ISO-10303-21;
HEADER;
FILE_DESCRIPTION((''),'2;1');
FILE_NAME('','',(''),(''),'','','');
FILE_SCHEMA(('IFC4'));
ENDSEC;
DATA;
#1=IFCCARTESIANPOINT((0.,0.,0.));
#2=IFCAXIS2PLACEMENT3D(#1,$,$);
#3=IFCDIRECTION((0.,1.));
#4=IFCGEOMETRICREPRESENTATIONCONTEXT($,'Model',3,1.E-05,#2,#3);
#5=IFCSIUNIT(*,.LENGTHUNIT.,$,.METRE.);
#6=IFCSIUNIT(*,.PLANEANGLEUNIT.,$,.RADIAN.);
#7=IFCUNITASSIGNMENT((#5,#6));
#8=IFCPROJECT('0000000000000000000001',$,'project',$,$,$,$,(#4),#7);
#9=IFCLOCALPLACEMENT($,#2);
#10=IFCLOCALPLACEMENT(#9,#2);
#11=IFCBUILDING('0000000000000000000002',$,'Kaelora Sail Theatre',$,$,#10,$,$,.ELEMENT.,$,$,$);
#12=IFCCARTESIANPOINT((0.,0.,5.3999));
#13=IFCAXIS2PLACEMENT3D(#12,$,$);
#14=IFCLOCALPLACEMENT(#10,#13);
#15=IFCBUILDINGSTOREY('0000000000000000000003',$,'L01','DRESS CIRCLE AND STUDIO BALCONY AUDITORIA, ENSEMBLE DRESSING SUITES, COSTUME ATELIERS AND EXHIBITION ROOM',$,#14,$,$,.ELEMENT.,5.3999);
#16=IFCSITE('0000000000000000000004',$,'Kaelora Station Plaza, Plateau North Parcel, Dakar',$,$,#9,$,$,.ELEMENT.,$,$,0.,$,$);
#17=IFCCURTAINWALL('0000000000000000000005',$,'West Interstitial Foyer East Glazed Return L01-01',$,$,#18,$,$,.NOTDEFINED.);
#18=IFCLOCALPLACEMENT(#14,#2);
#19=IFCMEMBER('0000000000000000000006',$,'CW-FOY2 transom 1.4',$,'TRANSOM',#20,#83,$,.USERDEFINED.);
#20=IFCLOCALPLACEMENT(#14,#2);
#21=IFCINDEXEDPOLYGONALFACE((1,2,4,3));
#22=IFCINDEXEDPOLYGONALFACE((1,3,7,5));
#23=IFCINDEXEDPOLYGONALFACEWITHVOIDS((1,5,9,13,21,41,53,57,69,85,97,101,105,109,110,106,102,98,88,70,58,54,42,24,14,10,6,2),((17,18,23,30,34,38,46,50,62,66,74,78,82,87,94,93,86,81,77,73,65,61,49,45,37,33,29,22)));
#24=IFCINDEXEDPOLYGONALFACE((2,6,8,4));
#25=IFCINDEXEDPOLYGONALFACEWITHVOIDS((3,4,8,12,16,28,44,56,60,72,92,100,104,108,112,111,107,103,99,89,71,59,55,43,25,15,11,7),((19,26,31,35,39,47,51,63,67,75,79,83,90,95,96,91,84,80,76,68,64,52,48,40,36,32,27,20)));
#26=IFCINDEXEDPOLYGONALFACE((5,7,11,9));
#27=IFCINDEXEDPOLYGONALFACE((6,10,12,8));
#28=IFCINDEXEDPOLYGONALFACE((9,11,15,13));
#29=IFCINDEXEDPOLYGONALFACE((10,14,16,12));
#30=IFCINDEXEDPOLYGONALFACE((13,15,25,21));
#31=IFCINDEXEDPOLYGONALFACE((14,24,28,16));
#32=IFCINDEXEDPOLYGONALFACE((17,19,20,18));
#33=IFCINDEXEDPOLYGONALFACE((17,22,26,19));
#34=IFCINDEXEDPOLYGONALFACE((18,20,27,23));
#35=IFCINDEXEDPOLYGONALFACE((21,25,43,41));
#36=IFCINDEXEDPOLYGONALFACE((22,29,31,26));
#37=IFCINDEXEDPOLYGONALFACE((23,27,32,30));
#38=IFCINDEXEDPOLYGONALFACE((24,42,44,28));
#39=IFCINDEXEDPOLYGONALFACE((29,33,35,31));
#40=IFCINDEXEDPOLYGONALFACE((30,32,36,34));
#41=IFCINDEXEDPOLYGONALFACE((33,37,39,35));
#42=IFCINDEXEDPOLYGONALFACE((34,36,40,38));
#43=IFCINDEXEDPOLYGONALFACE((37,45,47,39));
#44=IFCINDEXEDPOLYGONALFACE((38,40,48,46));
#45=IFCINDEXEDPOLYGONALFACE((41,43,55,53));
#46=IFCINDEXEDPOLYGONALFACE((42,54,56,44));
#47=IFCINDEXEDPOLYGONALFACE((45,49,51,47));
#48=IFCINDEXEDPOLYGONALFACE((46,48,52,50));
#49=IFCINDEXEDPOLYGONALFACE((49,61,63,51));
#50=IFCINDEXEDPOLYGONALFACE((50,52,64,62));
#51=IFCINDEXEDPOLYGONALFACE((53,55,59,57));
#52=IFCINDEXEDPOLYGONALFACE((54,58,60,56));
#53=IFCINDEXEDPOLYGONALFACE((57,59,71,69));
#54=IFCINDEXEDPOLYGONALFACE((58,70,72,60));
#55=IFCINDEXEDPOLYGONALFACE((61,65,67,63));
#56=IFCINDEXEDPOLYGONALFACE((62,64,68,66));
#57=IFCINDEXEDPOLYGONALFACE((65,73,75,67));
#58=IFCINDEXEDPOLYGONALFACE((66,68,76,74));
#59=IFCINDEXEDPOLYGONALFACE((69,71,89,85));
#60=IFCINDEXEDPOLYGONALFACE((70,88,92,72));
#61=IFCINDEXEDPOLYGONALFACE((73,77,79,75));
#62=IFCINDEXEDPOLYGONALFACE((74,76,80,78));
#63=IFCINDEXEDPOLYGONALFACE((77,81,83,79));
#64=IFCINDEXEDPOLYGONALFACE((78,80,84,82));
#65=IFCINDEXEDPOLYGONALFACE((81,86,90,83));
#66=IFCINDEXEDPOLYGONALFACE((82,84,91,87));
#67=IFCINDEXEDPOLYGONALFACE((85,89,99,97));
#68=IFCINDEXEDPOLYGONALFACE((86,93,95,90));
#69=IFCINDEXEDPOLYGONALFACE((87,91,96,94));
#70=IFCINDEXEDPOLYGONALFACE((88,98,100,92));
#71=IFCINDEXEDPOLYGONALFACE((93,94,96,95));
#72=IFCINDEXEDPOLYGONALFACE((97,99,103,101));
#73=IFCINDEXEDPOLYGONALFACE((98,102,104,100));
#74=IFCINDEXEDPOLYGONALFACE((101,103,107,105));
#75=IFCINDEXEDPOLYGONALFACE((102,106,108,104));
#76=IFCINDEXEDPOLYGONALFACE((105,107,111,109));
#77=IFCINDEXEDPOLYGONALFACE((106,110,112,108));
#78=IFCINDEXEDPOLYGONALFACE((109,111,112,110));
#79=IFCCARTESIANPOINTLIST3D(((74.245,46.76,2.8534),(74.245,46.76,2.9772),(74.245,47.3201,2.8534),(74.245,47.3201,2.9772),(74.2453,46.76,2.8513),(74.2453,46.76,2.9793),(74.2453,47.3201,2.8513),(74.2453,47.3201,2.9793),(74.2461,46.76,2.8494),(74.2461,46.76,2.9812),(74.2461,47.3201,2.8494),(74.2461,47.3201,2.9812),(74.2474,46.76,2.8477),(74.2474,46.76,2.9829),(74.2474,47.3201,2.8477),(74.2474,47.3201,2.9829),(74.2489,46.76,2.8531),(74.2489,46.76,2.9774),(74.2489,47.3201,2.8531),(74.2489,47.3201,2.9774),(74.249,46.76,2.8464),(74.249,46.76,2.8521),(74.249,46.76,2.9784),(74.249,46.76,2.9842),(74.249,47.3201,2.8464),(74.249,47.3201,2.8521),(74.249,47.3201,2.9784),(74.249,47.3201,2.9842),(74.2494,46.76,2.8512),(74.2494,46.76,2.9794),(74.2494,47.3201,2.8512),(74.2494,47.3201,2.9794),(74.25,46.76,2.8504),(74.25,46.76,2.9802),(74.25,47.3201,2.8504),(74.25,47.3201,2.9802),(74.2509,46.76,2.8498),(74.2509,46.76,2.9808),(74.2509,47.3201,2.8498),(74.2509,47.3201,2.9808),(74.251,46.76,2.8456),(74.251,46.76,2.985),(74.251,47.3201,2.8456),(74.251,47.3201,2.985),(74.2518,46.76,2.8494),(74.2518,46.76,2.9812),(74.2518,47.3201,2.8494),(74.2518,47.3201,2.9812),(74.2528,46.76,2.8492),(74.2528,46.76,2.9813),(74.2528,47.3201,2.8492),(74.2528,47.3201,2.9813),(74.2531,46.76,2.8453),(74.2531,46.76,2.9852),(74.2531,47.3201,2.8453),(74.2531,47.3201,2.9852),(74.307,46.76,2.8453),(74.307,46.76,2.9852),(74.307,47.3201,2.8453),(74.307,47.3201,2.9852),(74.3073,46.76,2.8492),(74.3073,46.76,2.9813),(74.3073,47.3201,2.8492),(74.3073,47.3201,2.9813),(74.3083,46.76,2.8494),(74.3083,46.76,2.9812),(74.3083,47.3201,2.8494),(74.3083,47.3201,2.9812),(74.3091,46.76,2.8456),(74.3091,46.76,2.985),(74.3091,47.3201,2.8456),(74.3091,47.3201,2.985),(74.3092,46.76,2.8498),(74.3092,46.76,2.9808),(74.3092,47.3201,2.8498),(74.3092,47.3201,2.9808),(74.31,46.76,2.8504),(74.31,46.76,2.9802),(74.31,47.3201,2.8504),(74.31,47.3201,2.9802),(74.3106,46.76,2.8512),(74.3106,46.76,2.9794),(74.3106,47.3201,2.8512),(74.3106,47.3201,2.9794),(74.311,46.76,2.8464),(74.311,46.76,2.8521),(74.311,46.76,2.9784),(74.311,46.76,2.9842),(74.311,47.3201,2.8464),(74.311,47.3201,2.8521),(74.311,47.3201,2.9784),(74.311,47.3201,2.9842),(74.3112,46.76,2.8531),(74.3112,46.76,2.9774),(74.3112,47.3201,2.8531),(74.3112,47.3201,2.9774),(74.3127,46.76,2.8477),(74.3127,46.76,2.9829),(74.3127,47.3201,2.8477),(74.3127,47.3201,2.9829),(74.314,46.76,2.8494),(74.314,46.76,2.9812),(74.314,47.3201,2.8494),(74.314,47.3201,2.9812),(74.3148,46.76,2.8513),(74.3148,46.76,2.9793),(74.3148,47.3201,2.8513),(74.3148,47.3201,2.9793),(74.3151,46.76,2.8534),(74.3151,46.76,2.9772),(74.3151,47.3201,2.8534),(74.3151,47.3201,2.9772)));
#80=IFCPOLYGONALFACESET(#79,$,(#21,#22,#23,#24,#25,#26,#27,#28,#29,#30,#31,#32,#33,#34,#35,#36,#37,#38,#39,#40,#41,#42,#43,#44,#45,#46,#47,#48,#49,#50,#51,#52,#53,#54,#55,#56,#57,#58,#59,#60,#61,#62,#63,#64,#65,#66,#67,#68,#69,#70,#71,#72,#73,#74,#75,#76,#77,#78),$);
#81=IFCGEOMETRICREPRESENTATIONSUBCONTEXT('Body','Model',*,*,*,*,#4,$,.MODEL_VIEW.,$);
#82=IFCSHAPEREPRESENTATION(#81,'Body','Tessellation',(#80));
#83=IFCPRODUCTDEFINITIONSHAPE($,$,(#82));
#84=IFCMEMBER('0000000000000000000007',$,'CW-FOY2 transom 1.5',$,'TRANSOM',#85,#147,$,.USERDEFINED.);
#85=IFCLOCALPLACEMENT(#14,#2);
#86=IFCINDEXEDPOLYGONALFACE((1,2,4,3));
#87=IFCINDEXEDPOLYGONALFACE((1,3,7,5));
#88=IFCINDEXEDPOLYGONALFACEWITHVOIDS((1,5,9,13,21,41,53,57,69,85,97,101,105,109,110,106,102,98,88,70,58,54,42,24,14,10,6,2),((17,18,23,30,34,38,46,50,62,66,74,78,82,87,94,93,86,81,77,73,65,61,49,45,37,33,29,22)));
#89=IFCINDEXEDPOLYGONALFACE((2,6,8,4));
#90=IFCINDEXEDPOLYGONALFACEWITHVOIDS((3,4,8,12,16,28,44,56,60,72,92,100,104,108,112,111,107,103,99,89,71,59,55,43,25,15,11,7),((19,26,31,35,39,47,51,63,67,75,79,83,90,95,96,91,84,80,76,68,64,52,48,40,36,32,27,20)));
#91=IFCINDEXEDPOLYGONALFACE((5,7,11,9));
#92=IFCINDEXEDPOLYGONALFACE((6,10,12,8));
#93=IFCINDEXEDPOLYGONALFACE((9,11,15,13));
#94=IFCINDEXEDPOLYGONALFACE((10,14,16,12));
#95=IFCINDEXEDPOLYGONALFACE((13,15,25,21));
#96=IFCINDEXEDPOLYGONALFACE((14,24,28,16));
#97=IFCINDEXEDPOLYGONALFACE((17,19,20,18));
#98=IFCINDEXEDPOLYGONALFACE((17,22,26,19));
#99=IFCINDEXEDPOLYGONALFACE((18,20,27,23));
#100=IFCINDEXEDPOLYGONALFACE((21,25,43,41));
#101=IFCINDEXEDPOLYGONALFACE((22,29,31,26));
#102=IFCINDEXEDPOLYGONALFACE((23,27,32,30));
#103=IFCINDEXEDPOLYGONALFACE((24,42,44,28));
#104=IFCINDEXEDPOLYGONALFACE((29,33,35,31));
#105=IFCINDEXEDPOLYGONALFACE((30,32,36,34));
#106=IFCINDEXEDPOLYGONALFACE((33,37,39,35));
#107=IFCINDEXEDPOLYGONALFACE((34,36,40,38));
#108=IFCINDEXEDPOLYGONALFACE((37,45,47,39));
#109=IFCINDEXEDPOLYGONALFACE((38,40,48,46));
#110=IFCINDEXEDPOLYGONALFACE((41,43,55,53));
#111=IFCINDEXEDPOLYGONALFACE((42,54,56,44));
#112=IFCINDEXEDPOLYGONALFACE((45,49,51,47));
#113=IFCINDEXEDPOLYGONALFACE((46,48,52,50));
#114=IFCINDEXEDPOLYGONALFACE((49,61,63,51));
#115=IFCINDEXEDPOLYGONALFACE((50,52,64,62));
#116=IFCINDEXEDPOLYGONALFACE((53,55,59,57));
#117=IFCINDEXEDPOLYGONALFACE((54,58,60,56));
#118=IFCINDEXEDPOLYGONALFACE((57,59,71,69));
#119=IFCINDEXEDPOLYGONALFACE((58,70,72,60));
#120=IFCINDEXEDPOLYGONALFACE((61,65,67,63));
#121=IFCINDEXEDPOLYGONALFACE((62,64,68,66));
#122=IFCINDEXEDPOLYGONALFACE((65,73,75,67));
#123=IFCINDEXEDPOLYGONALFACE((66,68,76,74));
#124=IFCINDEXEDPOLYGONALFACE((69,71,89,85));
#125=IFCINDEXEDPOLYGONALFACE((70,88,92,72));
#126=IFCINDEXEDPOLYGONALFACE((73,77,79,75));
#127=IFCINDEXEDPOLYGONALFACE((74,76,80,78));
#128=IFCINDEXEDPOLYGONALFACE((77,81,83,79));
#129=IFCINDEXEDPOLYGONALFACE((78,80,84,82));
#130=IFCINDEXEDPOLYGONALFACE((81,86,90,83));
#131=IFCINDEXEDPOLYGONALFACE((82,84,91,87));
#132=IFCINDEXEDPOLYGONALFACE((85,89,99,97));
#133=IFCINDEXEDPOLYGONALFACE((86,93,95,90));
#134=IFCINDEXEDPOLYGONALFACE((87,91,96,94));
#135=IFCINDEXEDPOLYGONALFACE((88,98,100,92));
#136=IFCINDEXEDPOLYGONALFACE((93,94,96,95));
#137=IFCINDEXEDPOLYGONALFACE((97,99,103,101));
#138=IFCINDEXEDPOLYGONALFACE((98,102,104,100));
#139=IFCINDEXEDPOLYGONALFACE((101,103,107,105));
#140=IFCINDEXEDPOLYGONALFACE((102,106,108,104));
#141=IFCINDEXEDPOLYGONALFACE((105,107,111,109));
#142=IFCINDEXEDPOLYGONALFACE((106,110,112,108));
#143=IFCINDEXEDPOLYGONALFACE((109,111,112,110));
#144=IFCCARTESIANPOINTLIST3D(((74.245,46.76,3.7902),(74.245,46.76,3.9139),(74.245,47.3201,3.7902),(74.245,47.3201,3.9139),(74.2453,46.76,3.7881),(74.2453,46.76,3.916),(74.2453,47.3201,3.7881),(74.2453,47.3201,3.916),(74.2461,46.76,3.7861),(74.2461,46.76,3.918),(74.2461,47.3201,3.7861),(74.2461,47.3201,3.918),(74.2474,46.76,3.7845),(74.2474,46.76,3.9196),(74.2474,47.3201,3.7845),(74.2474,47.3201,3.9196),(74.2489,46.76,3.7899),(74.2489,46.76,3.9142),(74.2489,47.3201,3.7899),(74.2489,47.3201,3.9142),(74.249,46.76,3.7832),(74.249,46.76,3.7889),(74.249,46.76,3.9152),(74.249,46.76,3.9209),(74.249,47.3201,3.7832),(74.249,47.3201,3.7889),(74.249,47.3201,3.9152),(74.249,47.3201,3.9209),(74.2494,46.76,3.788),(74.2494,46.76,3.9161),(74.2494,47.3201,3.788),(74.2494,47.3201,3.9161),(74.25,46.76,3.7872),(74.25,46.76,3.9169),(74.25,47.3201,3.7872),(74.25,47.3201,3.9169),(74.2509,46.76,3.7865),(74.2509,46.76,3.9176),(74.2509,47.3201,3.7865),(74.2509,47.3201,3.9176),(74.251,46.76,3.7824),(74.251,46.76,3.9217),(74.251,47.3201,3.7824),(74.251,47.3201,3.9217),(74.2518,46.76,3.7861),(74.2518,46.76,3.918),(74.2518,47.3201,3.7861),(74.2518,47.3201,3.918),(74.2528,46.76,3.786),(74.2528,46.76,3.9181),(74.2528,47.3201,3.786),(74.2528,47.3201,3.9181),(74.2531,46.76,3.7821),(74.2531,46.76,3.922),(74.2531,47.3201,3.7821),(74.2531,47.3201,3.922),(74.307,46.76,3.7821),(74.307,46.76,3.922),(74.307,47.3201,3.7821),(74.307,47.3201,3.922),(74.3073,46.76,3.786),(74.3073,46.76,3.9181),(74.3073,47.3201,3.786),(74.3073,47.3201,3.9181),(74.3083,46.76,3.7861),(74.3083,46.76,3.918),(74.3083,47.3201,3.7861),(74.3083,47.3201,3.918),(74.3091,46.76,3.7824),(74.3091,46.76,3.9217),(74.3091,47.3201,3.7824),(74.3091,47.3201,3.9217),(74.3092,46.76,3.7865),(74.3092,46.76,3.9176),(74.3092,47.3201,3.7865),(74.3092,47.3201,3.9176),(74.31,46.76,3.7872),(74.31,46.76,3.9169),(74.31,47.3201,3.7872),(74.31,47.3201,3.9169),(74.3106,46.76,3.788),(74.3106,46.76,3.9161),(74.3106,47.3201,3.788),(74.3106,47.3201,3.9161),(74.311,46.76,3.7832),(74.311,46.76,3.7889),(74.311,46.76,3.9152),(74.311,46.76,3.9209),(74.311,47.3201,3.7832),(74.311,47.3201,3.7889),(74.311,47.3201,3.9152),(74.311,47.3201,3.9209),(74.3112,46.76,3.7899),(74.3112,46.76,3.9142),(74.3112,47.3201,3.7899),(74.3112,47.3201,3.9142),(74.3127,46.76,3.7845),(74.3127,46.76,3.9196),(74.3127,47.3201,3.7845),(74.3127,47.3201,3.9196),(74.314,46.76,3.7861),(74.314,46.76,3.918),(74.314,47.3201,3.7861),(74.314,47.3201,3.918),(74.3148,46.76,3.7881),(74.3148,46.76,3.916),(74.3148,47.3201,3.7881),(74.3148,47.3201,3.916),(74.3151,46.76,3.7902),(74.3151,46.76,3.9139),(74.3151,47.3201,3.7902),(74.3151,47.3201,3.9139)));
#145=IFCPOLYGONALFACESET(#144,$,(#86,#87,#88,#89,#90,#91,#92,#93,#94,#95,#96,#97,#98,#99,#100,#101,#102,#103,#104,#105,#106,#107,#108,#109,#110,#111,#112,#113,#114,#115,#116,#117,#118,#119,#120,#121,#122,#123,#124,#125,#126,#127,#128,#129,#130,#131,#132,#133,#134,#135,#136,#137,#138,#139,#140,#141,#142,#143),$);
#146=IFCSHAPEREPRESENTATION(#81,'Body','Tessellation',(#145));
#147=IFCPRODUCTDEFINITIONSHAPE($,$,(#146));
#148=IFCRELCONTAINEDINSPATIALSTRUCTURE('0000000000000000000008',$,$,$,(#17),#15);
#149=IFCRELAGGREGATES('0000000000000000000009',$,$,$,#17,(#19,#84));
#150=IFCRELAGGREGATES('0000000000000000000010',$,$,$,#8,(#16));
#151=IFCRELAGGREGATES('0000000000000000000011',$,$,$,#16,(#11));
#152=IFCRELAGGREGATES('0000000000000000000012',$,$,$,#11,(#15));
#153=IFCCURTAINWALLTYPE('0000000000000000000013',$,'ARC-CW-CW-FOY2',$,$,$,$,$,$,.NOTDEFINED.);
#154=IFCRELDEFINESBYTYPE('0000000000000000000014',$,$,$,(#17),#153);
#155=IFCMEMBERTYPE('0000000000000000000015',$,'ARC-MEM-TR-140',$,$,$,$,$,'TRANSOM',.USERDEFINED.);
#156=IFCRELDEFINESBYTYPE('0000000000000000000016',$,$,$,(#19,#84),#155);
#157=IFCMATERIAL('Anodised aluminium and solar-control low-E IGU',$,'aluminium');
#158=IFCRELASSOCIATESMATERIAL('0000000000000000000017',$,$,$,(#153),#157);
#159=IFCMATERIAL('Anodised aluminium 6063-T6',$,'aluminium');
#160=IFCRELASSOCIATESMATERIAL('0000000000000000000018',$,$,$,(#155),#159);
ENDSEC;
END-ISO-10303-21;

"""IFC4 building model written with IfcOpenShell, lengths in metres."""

from ifc_helpers import new_model, si_unit, direction, frame, origin, origin_2d, place, context, subcontext, project, spatial, hollow_rectangle, extrude, material, material_profile, profile_set, type_object, element, aggregate, save


model = new_model("IFC4")

# Units and contexts
model_context = context("Model", 3, precision=1e-05, world=origin(), true_north=direction((0.0, 1.0)))
body_context = subcontext(model_context, "Body", "Model", "MODEL_VIEW")
ifc_project = project(units=[si_unit("LENGTHUNIT", "METRE"), si_unit("PLANEANGLEUNIT", "RADIAN")], contexts=[model_context])

# Site, building, storey
site_placement = place(None, origin())
site = spatial("IfcSite", under=ifc_project, at=site_placement, Name="Kaelora Station Plaza, Plateau North Parcel, Dakar", CompositionType="ELEMENT", RefElevation=0.0)
building_placement = place(site_placement, origin())
building = spatial("IfcBuilding", under=site, at=building_placement, Name="Kaelora Sail Theatre", CompositionType="ELEMENT")
storey_placement = place(building_placement, frame((0.0, 0.0, 5.3999)))
storey = spatial("IfcBuildingStorey", under=building, at=storey_placement, Name="L01", Description="DRESS CIRCLE AND STUDIO BALCONY AUDITORIA, ENSEMBLE DRESSING SUITES, COSTUME ATELIERS AND EXHIBITION ROOM", CompositionType="ELEMENT", Elevation=5.3999)

# Shared definitions
ifc_material_1 = material(Name="Anodised aluminium and solar-control low-E IGU", Category="aluminium")
curtain_wall_type = type_object("IfcCurtainWallType", Name="ARC-CW-CW-FOY2", PredefinedType="NOTDEFINED", material=ifc_material_1)

# Curtain wall, members
curtain_wall_1_placement = place(storey_placement, origin())
curtain_wall_1 = element("IfcCurtainWall", 1, at=curtain_wall_1_placement, inside=storey, type_object=curtain_wall_type, Name="West Interstitial Foyer East Glazed Return L01-01", PredefinedType="NOTDEFINED")
ifc_material_2 = material(Name="Anodised aluminium 6063-T6", Category="aluminium")
ifc_material_profile_1 = material_profile(ifc_material_2, hollow_rectangle(XDim=0.0701, YDim=0.1399, WallThickness=0.0039, InnerFilletRadius=0.0039, OuterFilletRadius=0.0081, at=origin_2d()), Name="ALU-TRAN 70x140x4")
ifc_profile_set_1 = profile_set([ifc_material_profile_1], Name="Anodised aluminium 6063-T6")
member_type_1 = type_object("IfcMemberType", Name="ARC-MEM-TR-140", ElementType="TRANSOM", PredefinedType="USERDEFINED", material=ifc_profile_set_1)
member_1_placement = place(storey_placement, frame((74.28, 46.76, 2.9153), z_axis=(0.0, 1.0, 0.0), x_axis=(-1.0, 0.0, 0.0)))
member_1 = element("IfcMember", 2, at=member_1_placement, type_object=member_type_1, Name="CW-FOY2 transom 1.4", ObjectType="TRANSOM", PredefinedType="USERDEFINED", context=body_context, shape_type="SweptSolid", body=[
    extrude(hollow_rectangle(XDim=0.0701, YDim=0.1399, WallThickness=0.0039, InnerFilletRadius=0.0039, OuterFilletRadius=0.0081, at=origin_2d()), origin(), (0.0, 0.0, 1.0), 0.5601),
])
member_2_placement = place(storey_placement, frame((74.28, 46.76, 3.8521), z_axis=(0.0, 1.0, 0.0), x_axis=(-1.0, 0.0, 0.0)))
member_2 = element("IfcMember", 3, at=member_2_placement, type_object=member_type_1, Name="CW-FOY2 transom 1.5", ObjectType="TRANSOM", PredefinedType="USERDEFINED", context=body_context, shape_type="SweptSolid", body=[
    extrude(hollow_rectangle(XDim=0.0701, YDim=0.1399, WallThickness=0.0039, InnerFilletRadius=0.0039, OuterFilletRadius=0.0081, at=origin_2d()), origin(), (0.0, 0.0, 1.0), 0.5601),
])

aggregate(curtain_wall_1, [member_1, member_2])

save(model, "model.ifc")
